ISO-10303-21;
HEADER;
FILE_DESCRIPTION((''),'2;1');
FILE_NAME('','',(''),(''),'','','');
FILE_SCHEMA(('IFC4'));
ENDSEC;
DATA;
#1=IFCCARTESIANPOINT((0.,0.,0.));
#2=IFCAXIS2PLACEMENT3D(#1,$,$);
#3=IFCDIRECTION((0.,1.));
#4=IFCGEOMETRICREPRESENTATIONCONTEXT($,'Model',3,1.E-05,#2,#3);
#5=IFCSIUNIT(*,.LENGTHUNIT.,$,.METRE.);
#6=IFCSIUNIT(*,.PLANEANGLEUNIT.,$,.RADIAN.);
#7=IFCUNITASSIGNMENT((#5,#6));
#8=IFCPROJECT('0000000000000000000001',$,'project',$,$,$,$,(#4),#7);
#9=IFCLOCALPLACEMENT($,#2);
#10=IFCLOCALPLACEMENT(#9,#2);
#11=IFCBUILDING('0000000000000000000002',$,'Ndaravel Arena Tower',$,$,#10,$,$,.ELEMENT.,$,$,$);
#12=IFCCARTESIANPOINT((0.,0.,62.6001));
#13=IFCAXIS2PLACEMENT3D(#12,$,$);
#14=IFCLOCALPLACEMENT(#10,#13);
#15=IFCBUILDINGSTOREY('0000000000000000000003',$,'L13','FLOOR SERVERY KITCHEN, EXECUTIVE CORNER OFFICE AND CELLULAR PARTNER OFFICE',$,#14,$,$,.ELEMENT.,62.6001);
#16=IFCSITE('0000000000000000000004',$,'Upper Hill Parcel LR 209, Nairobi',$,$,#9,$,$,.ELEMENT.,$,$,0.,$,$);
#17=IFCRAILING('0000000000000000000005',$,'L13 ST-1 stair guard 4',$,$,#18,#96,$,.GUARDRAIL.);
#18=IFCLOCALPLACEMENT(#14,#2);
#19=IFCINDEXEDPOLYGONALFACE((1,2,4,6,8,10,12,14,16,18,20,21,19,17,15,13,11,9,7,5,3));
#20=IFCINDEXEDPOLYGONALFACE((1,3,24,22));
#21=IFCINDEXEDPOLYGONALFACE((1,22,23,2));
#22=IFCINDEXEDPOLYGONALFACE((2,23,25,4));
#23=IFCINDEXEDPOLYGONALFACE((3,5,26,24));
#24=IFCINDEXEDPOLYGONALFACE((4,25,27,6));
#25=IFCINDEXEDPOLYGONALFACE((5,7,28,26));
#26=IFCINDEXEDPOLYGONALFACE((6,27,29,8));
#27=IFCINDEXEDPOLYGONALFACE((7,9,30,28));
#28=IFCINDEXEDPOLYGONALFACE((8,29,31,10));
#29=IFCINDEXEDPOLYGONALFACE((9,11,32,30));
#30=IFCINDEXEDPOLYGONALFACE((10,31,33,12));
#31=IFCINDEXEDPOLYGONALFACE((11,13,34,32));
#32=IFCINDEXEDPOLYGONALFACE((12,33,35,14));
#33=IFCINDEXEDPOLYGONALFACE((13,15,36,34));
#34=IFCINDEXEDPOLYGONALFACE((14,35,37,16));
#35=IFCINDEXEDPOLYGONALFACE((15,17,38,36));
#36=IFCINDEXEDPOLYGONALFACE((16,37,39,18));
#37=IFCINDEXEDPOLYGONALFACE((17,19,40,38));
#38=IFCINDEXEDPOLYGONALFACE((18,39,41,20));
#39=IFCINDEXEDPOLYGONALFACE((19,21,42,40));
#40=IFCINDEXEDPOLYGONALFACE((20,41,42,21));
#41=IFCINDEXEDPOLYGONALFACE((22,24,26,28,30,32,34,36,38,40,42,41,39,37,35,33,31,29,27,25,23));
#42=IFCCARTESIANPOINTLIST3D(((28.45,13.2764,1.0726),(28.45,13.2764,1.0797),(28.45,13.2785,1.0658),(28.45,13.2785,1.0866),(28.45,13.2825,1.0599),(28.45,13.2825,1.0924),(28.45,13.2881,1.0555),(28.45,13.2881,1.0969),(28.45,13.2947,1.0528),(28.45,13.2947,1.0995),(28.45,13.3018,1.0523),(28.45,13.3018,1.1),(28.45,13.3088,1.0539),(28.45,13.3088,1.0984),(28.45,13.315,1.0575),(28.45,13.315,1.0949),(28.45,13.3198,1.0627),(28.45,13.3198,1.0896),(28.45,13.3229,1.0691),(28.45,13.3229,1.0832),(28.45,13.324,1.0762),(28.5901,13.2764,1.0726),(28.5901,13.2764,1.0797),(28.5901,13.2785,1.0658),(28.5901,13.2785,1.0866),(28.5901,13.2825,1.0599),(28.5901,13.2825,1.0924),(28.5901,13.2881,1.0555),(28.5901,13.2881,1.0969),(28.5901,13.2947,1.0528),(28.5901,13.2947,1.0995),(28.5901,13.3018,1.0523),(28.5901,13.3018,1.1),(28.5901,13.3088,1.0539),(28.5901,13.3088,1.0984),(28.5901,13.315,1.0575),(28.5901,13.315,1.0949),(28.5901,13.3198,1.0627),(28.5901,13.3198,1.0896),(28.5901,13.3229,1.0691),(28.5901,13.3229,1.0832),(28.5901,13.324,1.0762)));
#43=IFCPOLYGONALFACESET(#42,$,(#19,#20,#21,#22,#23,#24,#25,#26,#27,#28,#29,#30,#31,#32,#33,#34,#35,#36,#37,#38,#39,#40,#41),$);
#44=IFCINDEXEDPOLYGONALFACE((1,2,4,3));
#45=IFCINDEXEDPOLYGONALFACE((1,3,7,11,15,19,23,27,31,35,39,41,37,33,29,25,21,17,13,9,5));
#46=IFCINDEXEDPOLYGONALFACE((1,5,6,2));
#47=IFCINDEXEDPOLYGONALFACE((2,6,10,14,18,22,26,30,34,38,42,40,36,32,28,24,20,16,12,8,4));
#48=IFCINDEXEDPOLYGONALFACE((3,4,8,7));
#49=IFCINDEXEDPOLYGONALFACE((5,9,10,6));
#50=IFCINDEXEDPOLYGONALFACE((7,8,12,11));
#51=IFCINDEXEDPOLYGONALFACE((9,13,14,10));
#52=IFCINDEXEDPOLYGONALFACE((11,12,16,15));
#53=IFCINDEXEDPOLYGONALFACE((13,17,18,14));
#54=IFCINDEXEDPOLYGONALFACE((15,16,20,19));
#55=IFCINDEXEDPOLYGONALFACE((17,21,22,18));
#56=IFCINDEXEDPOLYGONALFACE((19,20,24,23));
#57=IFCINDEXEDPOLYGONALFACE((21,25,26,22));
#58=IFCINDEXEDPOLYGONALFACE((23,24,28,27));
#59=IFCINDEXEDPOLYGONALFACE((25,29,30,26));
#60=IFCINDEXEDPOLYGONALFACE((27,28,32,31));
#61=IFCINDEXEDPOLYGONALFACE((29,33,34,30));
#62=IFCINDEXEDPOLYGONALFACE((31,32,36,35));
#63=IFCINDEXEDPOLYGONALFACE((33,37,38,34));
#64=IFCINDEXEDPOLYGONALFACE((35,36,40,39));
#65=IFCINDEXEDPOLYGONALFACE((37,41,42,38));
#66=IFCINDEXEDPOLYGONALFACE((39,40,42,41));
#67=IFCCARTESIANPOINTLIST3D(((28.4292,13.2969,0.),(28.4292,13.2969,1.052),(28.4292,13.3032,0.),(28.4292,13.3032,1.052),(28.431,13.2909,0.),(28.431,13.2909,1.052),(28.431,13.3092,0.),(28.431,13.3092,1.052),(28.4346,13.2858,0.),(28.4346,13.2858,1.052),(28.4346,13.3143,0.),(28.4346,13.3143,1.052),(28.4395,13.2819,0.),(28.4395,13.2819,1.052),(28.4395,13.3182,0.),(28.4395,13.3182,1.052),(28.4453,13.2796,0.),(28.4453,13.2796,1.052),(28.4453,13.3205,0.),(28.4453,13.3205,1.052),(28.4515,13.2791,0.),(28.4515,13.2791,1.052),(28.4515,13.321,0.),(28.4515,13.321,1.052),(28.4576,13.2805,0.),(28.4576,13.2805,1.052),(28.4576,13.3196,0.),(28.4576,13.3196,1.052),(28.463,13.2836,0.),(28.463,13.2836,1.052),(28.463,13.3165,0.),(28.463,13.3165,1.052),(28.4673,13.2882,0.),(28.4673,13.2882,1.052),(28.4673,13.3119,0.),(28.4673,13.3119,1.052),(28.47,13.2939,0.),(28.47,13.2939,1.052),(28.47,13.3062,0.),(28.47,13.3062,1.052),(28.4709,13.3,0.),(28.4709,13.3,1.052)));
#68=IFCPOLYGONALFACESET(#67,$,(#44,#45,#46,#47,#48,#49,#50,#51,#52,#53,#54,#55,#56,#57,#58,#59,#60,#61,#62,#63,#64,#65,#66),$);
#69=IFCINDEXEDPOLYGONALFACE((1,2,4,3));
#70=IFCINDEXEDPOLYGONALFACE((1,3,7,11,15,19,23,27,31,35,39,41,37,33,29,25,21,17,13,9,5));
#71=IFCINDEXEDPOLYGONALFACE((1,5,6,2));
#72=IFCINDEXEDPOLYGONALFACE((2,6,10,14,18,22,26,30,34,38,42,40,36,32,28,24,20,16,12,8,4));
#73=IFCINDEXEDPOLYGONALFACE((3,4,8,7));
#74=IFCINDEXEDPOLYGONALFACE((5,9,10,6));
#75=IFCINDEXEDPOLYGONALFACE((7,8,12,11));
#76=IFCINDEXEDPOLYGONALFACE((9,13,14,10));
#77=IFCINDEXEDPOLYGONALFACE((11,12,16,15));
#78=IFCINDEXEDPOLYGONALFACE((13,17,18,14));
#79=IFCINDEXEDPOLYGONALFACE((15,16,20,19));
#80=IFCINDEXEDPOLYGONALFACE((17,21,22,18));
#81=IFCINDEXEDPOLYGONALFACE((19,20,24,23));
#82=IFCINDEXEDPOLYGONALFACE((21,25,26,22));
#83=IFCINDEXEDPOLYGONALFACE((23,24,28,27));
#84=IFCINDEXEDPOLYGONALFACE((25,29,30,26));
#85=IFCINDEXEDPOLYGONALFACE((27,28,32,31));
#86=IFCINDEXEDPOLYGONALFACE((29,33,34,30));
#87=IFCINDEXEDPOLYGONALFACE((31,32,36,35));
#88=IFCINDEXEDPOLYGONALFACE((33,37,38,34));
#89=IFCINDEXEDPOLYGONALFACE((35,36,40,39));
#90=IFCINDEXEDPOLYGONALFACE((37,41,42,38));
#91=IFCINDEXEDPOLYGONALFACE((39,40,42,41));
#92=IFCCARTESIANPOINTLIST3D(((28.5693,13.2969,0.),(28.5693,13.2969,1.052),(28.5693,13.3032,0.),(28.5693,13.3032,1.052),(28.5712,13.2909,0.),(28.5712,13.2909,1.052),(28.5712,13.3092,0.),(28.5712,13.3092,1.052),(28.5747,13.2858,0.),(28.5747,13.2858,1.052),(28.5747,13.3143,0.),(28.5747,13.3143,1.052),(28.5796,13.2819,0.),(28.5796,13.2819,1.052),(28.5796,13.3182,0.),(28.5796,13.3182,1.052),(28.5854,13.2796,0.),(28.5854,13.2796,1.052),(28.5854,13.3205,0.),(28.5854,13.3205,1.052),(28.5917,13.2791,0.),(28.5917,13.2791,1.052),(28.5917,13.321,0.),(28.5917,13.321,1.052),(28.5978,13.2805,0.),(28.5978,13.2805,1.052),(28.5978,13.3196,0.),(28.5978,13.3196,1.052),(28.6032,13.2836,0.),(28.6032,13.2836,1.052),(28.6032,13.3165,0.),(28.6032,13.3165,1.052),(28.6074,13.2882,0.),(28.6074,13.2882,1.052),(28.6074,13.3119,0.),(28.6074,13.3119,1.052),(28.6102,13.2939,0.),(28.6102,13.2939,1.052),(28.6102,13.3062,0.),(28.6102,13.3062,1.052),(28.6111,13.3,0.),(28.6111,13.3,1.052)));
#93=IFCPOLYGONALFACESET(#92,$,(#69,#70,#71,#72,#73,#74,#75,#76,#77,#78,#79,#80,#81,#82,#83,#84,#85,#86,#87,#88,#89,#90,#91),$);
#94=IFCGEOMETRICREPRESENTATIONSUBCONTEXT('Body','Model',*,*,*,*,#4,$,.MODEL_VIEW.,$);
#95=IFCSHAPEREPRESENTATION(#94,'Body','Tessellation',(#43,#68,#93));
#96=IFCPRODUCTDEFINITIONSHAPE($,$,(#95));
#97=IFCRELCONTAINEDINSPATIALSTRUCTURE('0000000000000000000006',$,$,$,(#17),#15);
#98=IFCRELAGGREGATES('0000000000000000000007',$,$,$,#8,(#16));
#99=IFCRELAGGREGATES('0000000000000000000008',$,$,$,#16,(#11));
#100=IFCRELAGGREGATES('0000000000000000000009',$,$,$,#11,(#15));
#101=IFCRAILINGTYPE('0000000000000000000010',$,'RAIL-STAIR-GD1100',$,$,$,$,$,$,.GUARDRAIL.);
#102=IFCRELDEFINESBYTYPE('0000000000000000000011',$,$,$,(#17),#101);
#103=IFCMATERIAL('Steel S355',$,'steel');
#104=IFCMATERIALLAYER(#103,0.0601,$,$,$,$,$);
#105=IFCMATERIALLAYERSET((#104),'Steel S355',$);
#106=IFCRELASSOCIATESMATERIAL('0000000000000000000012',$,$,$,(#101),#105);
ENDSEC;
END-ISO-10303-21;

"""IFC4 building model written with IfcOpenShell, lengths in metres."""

from ifc_helpers import new_model, si_unit, direction, frame, origin, origin_2d, place, context, subcontext, project, spatial, circle, extrude, material, layer, layer_set, type_object, element, save


model = new_model("IFC4")

# Units and contexts
model_context = context("Model", 3, precision=1e-05, world=origin(), true_north=direction((0.0, 1.0)))
body_context = subcontext(model_context, "Body", "Model", "MODEL_VIEW")
ifc_project = project(units=[si_unit("LENGTHUNIT", "METRE"), si_unit("PLANEANGLEUNIT", "RADIAN")], contexts=[model_context])

# Site, building, storey
site_placement = place(None, origin())
site = spatial("IfcSite", under=ifc_project, at=site_placement, Name="Upper Hill Parcel LR 209, Nairobi", CompositionType="ELEMENT", RefElevation=0.0)
building_placement = place(site_placement, origin())
building = spatial("IfcBuilding", under=site, at=building_placement, Name="Ndaravel Arena Tower", CompositionType="ELEMENT")
storey_placement = place(building_placement, frame((0.0, 0.0, 62.6001)))
storey = spatial("IfcBuildingStorey", under=building, at=storey_placement, Name="L13", Description="FLOOR SERVERY KITCHEN, EXECUTIVE CORNER OFFICE AND CELLULAR PARTNER OFFICE", CompositionType="ELEMENT", Elevation=62.6001)

# Railing
ifc_material_1 = material(Name="Steel S355", Category="steel")
ifc_layer_1 = layer(ifc_material_1, 0.0601)
ifc_layer_set_1 = layer_set([ifc_layer_1], Name="Steel S355")
railing_type_1 = type_object("IfcRailingType", Name="RAIL-STAIR-GD1100", PredefinedType="GUARDRAIL", material=ifc_layer_set_1)
railing_1_placement = place(storey_placement, frame((28.45, 13.3, 0.0)))
element("IfcRailing", 1, at=railing_1_placement, inside=storey, type_object=railing_type_1, Name="L13 ST-1 stair guard 4", PredefinedType="GUARDRAIL", context=body_context, shape_type="SweptSolid", body=[
    extrude(circle(Radius=0.0239, at=origin_2d()), frame((0.0, 0.0, 1.0762), z_axis=(1.0, 0.0, 0.0), x_axis=(0.0, 1.0, 0.0)), (0.0, 0.0, 1.0), 0.1401),
    extrude(circle(Radius=0.021, at=origin_2d()), origin(), (0.0, 0.0, 1.0), 1.052),
    extrude(circle(Radius=0.021, at=origin_2d()), frame((0.1401, 0.0, 0.0)), (0.0, 0.0, 1.0), 1.052),
])

save(model, "model.ifc")
